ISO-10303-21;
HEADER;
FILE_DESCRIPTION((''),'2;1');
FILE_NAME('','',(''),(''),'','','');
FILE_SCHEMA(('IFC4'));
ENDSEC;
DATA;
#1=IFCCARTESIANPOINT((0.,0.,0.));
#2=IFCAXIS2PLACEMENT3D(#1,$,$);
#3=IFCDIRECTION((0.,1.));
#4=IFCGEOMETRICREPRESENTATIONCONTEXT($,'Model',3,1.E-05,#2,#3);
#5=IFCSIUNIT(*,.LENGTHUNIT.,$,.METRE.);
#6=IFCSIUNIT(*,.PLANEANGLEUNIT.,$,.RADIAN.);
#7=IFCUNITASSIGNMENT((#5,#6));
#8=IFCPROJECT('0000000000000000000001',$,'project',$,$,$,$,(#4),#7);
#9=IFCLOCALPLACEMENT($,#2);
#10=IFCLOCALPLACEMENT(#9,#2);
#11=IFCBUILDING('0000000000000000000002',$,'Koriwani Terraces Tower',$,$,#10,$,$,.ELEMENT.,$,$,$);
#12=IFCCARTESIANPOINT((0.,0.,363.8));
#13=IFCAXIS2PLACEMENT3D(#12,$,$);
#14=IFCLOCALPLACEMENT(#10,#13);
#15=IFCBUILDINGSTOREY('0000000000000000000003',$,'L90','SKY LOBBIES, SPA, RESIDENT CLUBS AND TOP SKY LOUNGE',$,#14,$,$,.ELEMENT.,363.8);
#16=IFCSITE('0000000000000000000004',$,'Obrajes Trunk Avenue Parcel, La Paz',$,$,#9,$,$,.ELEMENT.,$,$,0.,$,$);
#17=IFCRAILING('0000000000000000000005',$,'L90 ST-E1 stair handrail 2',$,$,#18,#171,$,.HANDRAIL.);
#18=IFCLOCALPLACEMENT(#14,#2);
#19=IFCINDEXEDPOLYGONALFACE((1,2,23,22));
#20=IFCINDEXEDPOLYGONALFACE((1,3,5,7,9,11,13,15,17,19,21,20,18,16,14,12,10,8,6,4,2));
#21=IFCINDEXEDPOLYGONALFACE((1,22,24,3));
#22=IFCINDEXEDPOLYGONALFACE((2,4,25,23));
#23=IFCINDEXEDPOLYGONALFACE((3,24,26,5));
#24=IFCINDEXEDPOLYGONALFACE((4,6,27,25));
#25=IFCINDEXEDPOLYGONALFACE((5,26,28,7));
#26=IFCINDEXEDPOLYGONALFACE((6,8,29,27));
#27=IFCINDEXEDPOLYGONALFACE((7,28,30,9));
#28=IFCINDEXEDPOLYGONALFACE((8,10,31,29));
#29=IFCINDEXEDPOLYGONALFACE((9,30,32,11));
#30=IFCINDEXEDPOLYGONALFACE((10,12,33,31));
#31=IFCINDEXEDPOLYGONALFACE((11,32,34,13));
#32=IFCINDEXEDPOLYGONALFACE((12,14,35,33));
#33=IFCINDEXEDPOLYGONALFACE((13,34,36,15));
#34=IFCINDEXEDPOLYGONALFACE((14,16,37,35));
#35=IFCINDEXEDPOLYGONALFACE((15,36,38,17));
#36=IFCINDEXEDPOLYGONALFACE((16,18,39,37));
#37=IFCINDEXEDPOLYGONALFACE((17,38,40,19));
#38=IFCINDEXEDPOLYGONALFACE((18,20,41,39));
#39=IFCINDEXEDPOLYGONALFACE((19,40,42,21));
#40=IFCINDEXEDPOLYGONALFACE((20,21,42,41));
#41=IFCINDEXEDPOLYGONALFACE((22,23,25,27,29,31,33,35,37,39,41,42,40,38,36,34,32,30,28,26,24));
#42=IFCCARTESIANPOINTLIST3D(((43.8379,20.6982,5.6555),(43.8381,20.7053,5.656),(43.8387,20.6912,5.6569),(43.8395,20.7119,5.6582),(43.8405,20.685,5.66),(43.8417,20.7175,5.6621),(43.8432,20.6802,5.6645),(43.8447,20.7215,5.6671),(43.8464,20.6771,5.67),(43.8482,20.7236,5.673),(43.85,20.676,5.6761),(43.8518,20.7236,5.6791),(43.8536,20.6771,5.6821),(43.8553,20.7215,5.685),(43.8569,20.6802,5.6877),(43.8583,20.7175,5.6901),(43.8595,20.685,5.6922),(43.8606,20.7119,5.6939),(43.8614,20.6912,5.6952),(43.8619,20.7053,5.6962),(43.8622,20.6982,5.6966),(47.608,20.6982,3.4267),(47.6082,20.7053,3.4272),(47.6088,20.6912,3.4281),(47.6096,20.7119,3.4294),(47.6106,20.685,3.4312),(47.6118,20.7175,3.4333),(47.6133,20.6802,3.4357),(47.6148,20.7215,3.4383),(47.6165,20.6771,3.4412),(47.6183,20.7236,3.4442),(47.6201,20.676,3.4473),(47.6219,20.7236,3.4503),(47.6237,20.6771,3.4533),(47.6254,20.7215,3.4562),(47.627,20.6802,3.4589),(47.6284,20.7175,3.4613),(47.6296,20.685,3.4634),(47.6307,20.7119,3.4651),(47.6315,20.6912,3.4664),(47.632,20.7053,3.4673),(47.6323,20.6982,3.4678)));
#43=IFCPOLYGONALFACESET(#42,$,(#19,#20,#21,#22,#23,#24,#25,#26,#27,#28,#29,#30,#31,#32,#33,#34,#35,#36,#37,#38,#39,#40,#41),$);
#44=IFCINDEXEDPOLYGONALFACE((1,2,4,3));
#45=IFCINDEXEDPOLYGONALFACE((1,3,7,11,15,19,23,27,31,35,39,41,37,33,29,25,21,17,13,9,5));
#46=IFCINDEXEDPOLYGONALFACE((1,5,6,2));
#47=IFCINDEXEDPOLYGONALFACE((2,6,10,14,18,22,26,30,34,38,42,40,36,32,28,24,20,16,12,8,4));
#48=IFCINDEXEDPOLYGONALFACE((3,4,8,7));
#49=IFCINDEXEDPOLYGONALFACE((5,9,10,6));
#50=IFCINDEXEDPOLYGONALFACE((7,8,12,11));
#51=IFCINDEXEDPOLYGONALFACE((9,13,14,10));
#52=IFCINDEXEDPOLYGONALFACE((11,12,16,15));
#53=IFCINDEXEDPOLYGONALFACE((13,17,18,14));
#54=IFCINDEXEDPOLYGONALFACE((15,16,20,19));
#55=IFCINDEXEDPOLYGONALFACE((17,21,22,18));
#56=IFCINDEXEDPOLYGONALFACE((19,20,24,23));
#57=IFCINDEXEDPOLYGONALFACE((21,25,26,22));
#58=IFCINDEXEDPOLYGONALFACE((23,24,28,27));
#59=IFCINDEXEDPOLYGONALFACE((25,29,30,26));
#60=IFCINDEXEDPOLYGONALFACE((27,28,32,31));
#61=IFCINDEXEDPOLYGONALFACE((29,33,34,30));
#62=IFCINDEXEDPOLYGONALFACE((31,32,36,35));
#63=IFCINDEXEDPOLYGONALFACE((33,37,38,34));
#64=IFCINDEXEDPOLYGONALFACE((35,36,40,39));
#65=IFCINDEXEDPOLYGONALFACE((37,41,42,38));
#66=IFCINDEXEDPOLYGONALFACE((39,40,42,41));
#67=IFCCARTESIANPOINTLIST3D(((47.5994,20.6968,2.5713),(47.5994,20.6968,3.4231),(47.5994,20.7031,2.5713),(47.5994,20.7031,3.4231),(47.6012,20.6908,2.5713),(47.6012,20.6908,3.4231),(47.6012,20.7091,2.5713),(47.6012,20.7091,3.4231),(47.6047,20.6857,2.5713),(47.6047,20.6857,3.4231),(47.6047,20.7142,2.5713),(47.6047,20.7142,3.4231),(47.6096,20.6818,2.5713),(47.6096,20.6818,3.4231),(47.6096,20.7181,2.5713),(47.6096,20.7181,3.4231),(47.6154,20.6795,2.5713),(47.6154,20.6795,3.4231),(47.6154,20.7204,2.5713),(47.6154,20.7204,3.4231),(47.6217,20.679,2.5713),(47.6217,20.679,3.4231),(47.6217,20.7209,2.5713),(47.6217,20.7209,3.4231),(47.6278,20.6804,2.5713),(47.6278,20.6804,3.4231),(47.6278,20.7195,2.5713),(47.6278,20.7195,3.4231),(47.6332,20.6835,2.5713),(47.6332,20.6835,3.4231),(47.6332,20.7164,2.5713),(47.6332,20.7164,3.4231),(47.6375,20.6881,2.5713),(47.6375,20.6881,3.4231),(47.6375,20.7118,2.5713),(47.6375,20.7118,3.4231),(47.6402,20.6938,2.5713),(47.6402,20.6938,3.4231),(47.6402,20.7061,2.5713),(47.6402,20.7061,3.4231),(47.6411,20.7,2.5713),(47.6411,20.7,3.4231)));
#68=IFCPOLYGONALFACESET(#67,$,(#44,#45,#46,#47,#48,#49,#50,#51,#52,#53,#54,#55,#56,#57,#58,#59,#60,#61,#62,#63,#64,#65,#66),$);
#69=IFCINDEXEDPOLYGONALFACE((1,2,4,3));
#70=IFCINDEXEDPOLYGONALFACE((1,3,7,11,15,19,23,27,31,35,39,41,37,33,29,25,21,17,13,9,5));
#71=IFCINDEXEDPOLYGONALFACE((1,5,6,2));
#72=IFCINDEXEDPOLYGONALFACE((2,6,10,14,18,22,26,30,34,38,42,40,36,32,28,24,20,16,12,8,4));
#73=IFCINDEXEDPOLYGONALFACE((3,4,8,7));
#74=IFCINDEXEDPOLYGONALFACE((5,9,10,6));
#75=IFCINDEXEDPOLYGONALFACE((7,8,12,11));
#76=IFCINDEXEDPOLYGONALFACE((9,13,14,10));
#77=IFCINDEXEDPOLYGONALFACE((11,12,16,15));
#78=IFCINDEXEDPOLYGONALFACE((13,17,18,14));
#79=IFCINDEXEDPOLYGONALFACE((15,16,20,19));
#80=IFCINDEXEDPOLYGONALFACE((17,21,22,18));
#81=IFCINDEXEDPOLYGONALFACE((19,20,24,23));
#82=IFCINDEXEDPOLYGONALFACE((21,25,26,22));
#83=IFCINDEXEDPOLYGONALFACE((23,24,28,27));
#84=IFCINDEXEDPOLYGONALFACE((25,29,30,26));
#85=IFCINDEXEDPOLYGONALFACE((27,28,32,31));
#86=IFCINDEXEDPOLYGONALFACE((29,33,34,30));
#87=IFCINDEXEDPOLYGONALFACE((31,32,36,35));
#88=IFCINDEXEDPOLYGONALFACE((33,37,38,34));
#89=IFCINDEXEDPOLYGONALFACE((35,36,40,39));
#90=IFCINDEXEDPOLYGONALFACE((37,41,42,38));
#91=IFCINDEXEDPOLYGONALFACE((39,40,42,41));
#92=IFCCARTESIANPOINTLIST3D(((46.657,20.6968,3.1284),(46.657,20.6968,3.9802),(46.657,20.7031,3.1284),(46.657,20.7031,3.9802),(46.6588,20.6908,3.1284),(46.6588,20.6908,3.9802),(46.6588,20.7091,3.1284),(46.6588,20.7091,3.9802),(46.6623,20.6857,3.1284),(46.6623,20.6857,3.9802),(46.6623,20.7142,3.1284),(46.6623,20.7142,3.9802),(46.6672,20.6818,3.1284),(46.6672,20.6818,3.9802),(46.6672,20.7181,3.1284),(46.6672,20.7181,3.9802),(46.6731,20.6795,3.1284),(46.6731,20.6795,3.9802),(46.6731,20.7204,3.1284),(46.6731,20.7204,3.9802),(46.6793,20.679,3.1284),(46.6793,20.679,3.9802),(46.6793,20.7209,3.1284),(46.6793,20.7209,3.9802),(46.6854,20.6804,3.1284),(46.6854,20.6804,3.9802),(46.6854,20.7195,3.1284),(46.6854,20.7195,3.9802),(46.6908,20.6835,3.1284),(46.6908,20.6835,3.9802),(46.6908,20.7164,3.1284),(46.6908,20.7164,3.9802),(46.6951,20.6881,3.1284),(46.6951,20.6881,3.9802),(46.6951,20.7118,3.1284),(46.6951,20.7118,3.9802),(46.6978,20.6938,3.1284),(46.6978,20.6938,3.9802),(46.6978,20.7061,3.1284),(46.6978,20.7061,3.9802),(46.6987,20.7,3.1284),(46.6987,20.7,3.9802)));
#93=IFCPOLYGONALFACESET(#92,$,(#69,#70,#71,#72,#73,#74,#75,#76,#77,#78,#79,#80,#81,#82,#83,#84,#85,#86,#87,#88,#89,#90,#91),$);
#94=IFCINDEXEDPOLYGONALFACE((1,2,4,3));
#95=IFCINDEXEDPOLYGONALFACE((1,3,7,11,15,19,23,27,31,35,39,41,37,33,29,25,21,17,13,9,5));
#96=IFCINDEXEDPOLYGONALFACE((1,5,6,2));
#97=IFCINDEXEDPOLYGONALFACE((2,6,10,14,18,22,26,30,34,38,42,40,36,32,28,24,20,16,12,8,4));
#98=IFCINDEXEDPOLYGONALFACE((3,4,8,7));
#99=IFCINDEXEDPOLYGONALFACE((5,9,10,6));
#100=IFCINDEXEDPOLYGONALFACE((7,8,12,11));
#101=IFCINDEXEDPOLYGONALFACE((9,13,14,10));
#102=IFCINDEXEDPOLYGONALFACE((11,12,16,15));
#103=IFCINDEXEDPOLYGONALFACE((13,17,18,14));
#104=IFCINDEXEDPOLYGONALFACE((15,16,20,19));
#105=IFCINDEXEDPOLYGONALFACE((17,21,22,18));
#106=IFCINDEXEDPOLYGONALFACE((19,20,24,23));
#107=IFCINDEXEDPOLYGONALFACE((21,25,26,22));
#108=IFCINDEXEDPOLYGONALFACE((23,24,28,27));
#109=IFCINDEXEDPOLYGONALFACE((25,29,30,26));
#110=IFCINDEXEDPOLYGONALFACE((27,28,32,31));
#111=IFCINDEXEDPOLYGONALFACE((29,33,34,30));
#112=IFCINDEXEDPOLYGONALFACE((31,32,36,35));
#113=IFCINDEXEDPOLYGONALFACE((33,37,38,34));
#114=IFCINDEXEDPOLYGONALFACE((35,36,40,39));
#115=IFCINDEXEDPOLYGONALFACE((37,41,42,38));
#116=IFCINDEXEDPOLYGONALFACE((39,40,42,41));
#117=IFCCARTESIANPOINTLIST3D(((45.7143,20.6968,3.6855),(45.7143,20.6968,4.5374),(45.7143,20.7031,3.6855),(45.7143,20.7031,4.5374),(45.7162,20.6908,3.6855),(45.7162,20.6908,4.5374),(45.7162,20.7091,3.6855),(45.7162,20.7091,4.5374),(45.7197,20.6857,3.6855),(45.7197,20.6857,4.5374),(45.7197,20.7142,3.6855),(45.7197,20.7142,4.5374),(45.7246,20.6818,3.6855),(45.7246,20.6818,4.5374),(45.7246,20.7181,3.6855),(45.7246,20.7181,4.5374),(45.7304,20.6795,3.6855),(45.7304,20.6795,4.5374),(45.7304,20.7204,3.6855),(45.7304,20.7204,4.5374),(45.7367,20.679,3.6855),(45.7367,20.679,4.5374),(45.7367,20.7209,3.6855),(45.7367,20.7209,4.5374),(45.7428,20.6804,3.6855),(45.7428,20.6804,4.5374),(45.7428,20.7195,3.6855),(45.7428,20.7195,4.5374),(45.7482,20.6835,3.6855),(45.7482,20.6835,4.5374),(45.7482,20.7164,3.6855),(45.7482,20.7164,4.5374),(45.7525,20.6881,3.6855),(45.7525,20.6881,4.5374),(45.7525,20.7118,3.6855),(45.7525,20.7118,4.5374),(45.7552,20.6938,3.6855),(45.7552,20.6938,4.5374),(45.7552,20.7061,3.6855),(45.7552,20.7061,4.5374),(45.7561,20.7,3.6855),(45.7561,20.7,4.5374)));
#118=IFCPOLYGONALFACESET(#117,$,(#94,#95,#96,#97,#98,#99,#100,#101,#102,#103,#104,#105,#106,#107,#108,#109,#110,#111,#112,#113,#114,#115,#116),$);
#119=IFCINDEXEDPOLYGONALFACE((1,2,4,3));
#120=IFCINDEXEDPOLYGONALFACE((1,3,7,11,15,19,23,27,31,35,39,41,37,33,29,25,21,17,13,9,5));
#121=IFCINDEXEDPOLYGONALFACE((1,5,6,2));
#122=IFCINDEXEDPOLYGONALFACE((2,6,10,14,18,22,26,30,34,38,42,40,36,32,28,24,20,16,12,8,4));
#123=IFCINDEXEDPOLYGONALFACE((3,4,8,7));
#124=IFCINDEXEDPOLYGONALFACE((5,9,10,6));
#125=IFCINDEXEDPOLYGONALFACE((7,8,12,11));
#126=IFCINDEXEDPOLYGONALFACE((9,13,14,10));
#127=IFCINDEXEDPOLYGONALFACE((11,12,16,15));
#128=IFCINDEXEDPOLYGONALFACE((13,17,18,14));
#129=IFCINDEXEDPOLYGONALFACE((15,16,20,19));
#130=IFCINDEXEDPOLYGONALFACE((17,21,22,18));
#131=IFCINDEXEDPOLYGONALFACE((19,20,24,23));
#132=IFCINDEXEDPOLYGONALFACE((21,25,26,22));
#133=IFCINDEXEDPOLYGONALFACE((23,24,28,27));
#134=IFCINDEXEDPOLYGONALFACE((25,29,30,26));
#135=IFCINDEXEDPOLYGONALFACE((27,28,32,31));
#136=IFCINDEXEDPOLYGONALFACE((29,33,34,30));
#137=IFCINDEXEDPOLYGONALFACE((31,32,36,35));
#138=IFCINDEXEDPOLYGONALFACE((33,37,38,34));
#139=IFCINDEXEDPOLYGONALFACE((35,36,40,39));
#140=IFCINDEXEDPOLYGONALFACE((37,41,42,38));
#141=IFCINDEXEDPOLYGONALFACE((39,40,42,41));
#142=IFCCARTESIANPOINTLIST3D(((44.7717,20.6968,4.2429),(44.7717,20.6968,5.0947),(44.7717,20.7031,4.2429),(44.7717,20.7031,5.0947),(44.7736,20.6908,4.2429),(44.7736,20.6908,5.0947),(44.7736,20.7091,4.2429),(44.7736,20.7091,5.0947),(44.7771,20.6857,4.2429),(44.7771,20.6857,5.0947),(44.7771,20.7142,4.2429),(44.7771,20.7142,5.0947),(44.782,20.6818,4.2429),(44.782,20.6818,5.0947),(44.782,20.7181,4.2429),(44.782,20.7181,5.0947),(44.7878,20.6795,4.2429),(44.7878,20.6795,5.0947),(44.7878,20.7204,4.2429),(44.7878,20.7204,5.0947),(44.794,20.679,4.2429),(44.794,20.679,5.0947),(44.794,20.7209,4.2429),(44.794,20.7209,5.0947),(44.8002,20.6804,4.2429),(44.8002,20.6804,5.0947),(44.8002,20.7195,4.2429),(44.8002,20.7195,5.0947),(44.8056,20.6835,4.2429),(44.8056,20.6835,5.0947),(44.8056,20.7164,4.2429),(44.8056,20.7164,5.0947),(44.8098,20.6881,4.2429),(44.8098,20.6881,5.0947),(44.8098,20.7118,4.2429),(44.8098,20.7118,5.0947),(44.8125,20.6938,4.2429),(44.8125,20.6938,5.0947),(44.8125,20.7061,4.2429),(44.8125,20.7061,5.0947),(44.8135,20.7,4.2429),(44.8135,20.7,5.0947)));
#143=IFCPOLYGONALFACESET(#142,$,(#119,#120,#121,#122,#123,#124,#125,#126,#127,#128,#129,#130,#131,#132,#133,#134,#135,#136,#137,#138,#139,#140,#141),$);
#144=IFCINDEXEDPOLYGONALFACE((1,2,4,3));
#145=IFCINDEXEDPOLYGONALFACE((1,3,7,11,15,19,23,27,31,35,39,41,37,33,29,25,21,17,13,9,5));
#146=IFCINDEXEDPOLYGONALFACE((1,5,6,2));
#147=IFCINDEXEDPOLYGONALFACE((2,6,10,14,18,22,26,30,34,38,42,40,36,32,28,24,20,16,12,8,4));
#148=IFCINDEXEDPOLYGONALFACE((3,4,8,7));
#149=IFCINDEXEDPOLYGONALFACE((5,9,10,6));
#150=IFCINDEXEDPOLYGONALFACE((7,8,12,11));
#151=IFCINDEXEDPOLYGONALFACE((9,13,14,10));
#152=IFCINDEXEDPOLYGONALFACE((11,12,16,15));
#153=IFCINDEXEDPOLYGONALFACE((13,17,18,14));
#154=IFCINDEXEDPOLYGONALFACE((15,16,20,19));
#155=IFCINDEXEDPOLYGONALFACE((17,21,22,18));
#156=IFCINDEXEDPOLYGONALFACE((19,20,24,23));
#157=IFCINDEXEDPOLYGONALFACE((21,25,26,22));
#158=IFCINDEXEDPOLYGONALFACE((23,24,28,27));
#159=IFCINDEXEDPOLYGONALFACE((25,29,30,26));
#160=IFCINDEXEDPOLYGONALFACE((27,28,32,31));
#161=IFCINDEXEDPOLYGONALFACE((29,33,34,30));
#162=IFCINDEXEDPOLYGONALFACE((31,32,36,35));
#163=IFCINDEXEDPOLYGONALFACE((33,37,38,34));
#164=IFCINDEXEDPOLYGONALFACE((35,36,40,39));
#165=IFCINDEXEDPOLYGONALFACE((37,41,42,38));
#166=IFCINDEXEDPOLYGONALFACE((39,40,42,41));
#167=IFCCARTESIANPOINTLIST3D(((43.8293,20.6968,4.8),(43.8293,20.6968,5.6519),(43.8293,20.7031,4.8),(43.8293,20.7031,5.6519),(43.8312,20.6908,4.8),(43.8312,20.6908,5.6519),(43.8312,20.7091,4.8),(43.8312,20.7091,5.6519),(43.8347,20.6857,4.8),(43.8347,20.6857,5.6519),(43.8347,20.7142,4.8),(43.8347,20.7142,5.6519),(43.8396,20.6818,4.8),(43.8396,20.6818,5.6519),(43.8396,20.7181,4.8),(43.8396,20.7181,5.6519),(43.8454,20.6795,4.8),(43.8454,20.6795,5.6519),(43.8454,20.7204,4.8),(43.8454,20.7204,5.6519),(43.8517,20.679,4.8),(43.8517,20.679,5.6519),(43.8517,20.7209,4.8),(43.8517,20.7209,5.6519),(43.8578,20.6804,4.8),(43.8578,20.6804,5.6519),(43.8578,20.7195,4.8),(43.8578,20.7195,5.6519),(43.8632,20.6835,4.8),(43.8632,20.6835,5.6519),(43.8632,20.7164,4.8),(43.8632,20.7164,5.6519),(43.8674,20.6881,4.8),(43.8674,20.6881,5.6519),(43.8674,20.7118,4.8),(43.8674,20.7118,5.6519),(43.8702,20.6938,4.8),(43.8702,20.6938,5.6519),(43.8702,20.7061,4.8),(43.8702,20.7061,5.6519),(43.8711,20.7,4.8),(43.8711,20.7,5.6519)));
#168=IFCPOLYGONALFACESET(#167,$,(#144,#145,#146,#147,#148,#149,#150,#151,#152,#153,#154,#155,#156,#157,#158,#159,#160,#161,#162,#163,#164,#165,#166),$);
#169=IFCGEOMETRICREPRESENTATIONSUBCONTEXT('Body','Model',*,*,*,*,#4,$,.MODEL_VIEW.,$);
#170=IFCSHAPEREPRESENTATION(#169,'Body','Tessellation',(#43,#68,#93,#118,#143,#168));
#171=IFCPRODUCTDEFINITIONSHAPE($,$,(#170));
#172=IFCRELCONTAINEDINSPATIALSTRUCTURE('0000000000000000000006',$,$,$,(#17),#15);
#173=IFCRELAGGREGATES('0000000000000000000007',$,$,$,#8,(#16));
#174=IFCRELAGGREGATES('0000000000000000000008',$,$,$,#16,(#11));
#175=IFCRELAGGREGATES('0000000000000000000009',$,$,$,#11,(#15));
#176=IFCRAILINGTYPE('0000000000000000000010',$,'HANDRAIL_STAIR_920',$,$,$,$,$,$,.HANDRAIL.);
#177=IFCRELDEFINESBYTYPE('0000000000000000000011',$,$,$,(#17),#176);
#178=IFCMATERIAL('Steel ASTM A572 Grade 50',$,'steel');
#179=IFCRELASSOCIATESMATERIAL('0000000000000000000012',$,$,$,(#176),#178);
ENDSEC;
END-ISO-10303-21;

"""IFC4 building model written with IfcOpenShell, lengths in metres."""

from ifc_helpers import new_model, si_unit, direction, frame, origin, origin_2d, place, context, subcontext, project, spatial, circle, extrude, material, type_object, element, save


model = new_model("IFC4")

# Units and contexts
model_context = context("Model", 3, precision=1e-05, world=origin(), true_north=direction((0.0, 1.0)))
body_context = subcontext(model_context, "Body", "Model", "MODEL_VIEW")
ifc_project = project(units=[si_unit("LENGTHUNIT", "METRE"), si_unit("PLANEANGLEUNIT", "RADIAN")], contexts=[model_context])

# Site, building, storey
site_placement = place(None, origin())
site = spatial("IfcSite", under=ifc_project, at=site_placement, Name="Obrajes Trunk Avenue Parcel, La Paz", CompositionType="ELEMENT", RefElevation=0.0)
building_placement = place(site_placement, origin())
building = spatial("IfcBuilding", under=site, at=building_placement, Name="Koriwani Terraces Tower", CompositionType="ELEMENT")
storey_placement = place(building_placement, frame((0.0, 0.0, 363.8)))
storey = spatial("IfcBuildingStorey", under=building, at=storey_placement, Name="L90", Description="SKY LOBBIES, SPA, RESIDENT CLUBS AND TOP SKY LOUNGE", CompositionType="ELEMENT", Elevation=363.8)

# Shared definitions
ifc_material_1 = material(Name="Steel ASTM A572 Grade 50", Category="steel")

# Railing
railing_type_1 = type_object("IfcRailingType", Name="HANDRAIL_STAIR_920", PredefinedType="HANDRAIL", material=ifc_material_1)
railing_1_placement = place(storey_placement, frame((47.6201, 20.7, 2.5713)))
element("IfcRailing", 1, at=railing_1_placement, inside=storey, type_object=railing_type_1, Name="L90 ST-E1 stair handrail 2", PredefinedType="HANDRAIL", context=body_context, shape_type="SweptSolid", body=[
    extrude(circle(Radius=0.0239, at=origin_2d()), frame((0.0, 0.0, 0.876), z_axis=(-0.860824, 0.0, 0.508902), x_axis=(0.0, -1.0, 0.0)), (0.0, 0.0, 1.0), 4.3796),
    extrude(circle(Radius=0.021, at=origin_2d()), origin(), (0.0, 0.0, 1.0), 0.8518),
    extrude(circle(Radius=0.021, at=origin_2d()), frame((-0.9424, 0.0, 0.5571)), (0.0, 0.0, 1.0), 0.8518),
    extrude(circle(Radius=0.021, at=origin_2d()), frame((-1.885, 0.0, 1.1143)), (0.0, 0.0, 1.0), 0.8518),
    extrude(circle(Radius=0.021, at=origin_2d()), frame((-2.8276, 0.0, 1.6716)), (0.0, 0.0, 1.0), 0.8518),
    extrude(circle(Radius=0.021, at=origin_2d()), frame((-3.77, 0.0, 2.2288)), (0.0, 0.0, 1.0), 0.8518),
])

save(model, "model.ifc")
